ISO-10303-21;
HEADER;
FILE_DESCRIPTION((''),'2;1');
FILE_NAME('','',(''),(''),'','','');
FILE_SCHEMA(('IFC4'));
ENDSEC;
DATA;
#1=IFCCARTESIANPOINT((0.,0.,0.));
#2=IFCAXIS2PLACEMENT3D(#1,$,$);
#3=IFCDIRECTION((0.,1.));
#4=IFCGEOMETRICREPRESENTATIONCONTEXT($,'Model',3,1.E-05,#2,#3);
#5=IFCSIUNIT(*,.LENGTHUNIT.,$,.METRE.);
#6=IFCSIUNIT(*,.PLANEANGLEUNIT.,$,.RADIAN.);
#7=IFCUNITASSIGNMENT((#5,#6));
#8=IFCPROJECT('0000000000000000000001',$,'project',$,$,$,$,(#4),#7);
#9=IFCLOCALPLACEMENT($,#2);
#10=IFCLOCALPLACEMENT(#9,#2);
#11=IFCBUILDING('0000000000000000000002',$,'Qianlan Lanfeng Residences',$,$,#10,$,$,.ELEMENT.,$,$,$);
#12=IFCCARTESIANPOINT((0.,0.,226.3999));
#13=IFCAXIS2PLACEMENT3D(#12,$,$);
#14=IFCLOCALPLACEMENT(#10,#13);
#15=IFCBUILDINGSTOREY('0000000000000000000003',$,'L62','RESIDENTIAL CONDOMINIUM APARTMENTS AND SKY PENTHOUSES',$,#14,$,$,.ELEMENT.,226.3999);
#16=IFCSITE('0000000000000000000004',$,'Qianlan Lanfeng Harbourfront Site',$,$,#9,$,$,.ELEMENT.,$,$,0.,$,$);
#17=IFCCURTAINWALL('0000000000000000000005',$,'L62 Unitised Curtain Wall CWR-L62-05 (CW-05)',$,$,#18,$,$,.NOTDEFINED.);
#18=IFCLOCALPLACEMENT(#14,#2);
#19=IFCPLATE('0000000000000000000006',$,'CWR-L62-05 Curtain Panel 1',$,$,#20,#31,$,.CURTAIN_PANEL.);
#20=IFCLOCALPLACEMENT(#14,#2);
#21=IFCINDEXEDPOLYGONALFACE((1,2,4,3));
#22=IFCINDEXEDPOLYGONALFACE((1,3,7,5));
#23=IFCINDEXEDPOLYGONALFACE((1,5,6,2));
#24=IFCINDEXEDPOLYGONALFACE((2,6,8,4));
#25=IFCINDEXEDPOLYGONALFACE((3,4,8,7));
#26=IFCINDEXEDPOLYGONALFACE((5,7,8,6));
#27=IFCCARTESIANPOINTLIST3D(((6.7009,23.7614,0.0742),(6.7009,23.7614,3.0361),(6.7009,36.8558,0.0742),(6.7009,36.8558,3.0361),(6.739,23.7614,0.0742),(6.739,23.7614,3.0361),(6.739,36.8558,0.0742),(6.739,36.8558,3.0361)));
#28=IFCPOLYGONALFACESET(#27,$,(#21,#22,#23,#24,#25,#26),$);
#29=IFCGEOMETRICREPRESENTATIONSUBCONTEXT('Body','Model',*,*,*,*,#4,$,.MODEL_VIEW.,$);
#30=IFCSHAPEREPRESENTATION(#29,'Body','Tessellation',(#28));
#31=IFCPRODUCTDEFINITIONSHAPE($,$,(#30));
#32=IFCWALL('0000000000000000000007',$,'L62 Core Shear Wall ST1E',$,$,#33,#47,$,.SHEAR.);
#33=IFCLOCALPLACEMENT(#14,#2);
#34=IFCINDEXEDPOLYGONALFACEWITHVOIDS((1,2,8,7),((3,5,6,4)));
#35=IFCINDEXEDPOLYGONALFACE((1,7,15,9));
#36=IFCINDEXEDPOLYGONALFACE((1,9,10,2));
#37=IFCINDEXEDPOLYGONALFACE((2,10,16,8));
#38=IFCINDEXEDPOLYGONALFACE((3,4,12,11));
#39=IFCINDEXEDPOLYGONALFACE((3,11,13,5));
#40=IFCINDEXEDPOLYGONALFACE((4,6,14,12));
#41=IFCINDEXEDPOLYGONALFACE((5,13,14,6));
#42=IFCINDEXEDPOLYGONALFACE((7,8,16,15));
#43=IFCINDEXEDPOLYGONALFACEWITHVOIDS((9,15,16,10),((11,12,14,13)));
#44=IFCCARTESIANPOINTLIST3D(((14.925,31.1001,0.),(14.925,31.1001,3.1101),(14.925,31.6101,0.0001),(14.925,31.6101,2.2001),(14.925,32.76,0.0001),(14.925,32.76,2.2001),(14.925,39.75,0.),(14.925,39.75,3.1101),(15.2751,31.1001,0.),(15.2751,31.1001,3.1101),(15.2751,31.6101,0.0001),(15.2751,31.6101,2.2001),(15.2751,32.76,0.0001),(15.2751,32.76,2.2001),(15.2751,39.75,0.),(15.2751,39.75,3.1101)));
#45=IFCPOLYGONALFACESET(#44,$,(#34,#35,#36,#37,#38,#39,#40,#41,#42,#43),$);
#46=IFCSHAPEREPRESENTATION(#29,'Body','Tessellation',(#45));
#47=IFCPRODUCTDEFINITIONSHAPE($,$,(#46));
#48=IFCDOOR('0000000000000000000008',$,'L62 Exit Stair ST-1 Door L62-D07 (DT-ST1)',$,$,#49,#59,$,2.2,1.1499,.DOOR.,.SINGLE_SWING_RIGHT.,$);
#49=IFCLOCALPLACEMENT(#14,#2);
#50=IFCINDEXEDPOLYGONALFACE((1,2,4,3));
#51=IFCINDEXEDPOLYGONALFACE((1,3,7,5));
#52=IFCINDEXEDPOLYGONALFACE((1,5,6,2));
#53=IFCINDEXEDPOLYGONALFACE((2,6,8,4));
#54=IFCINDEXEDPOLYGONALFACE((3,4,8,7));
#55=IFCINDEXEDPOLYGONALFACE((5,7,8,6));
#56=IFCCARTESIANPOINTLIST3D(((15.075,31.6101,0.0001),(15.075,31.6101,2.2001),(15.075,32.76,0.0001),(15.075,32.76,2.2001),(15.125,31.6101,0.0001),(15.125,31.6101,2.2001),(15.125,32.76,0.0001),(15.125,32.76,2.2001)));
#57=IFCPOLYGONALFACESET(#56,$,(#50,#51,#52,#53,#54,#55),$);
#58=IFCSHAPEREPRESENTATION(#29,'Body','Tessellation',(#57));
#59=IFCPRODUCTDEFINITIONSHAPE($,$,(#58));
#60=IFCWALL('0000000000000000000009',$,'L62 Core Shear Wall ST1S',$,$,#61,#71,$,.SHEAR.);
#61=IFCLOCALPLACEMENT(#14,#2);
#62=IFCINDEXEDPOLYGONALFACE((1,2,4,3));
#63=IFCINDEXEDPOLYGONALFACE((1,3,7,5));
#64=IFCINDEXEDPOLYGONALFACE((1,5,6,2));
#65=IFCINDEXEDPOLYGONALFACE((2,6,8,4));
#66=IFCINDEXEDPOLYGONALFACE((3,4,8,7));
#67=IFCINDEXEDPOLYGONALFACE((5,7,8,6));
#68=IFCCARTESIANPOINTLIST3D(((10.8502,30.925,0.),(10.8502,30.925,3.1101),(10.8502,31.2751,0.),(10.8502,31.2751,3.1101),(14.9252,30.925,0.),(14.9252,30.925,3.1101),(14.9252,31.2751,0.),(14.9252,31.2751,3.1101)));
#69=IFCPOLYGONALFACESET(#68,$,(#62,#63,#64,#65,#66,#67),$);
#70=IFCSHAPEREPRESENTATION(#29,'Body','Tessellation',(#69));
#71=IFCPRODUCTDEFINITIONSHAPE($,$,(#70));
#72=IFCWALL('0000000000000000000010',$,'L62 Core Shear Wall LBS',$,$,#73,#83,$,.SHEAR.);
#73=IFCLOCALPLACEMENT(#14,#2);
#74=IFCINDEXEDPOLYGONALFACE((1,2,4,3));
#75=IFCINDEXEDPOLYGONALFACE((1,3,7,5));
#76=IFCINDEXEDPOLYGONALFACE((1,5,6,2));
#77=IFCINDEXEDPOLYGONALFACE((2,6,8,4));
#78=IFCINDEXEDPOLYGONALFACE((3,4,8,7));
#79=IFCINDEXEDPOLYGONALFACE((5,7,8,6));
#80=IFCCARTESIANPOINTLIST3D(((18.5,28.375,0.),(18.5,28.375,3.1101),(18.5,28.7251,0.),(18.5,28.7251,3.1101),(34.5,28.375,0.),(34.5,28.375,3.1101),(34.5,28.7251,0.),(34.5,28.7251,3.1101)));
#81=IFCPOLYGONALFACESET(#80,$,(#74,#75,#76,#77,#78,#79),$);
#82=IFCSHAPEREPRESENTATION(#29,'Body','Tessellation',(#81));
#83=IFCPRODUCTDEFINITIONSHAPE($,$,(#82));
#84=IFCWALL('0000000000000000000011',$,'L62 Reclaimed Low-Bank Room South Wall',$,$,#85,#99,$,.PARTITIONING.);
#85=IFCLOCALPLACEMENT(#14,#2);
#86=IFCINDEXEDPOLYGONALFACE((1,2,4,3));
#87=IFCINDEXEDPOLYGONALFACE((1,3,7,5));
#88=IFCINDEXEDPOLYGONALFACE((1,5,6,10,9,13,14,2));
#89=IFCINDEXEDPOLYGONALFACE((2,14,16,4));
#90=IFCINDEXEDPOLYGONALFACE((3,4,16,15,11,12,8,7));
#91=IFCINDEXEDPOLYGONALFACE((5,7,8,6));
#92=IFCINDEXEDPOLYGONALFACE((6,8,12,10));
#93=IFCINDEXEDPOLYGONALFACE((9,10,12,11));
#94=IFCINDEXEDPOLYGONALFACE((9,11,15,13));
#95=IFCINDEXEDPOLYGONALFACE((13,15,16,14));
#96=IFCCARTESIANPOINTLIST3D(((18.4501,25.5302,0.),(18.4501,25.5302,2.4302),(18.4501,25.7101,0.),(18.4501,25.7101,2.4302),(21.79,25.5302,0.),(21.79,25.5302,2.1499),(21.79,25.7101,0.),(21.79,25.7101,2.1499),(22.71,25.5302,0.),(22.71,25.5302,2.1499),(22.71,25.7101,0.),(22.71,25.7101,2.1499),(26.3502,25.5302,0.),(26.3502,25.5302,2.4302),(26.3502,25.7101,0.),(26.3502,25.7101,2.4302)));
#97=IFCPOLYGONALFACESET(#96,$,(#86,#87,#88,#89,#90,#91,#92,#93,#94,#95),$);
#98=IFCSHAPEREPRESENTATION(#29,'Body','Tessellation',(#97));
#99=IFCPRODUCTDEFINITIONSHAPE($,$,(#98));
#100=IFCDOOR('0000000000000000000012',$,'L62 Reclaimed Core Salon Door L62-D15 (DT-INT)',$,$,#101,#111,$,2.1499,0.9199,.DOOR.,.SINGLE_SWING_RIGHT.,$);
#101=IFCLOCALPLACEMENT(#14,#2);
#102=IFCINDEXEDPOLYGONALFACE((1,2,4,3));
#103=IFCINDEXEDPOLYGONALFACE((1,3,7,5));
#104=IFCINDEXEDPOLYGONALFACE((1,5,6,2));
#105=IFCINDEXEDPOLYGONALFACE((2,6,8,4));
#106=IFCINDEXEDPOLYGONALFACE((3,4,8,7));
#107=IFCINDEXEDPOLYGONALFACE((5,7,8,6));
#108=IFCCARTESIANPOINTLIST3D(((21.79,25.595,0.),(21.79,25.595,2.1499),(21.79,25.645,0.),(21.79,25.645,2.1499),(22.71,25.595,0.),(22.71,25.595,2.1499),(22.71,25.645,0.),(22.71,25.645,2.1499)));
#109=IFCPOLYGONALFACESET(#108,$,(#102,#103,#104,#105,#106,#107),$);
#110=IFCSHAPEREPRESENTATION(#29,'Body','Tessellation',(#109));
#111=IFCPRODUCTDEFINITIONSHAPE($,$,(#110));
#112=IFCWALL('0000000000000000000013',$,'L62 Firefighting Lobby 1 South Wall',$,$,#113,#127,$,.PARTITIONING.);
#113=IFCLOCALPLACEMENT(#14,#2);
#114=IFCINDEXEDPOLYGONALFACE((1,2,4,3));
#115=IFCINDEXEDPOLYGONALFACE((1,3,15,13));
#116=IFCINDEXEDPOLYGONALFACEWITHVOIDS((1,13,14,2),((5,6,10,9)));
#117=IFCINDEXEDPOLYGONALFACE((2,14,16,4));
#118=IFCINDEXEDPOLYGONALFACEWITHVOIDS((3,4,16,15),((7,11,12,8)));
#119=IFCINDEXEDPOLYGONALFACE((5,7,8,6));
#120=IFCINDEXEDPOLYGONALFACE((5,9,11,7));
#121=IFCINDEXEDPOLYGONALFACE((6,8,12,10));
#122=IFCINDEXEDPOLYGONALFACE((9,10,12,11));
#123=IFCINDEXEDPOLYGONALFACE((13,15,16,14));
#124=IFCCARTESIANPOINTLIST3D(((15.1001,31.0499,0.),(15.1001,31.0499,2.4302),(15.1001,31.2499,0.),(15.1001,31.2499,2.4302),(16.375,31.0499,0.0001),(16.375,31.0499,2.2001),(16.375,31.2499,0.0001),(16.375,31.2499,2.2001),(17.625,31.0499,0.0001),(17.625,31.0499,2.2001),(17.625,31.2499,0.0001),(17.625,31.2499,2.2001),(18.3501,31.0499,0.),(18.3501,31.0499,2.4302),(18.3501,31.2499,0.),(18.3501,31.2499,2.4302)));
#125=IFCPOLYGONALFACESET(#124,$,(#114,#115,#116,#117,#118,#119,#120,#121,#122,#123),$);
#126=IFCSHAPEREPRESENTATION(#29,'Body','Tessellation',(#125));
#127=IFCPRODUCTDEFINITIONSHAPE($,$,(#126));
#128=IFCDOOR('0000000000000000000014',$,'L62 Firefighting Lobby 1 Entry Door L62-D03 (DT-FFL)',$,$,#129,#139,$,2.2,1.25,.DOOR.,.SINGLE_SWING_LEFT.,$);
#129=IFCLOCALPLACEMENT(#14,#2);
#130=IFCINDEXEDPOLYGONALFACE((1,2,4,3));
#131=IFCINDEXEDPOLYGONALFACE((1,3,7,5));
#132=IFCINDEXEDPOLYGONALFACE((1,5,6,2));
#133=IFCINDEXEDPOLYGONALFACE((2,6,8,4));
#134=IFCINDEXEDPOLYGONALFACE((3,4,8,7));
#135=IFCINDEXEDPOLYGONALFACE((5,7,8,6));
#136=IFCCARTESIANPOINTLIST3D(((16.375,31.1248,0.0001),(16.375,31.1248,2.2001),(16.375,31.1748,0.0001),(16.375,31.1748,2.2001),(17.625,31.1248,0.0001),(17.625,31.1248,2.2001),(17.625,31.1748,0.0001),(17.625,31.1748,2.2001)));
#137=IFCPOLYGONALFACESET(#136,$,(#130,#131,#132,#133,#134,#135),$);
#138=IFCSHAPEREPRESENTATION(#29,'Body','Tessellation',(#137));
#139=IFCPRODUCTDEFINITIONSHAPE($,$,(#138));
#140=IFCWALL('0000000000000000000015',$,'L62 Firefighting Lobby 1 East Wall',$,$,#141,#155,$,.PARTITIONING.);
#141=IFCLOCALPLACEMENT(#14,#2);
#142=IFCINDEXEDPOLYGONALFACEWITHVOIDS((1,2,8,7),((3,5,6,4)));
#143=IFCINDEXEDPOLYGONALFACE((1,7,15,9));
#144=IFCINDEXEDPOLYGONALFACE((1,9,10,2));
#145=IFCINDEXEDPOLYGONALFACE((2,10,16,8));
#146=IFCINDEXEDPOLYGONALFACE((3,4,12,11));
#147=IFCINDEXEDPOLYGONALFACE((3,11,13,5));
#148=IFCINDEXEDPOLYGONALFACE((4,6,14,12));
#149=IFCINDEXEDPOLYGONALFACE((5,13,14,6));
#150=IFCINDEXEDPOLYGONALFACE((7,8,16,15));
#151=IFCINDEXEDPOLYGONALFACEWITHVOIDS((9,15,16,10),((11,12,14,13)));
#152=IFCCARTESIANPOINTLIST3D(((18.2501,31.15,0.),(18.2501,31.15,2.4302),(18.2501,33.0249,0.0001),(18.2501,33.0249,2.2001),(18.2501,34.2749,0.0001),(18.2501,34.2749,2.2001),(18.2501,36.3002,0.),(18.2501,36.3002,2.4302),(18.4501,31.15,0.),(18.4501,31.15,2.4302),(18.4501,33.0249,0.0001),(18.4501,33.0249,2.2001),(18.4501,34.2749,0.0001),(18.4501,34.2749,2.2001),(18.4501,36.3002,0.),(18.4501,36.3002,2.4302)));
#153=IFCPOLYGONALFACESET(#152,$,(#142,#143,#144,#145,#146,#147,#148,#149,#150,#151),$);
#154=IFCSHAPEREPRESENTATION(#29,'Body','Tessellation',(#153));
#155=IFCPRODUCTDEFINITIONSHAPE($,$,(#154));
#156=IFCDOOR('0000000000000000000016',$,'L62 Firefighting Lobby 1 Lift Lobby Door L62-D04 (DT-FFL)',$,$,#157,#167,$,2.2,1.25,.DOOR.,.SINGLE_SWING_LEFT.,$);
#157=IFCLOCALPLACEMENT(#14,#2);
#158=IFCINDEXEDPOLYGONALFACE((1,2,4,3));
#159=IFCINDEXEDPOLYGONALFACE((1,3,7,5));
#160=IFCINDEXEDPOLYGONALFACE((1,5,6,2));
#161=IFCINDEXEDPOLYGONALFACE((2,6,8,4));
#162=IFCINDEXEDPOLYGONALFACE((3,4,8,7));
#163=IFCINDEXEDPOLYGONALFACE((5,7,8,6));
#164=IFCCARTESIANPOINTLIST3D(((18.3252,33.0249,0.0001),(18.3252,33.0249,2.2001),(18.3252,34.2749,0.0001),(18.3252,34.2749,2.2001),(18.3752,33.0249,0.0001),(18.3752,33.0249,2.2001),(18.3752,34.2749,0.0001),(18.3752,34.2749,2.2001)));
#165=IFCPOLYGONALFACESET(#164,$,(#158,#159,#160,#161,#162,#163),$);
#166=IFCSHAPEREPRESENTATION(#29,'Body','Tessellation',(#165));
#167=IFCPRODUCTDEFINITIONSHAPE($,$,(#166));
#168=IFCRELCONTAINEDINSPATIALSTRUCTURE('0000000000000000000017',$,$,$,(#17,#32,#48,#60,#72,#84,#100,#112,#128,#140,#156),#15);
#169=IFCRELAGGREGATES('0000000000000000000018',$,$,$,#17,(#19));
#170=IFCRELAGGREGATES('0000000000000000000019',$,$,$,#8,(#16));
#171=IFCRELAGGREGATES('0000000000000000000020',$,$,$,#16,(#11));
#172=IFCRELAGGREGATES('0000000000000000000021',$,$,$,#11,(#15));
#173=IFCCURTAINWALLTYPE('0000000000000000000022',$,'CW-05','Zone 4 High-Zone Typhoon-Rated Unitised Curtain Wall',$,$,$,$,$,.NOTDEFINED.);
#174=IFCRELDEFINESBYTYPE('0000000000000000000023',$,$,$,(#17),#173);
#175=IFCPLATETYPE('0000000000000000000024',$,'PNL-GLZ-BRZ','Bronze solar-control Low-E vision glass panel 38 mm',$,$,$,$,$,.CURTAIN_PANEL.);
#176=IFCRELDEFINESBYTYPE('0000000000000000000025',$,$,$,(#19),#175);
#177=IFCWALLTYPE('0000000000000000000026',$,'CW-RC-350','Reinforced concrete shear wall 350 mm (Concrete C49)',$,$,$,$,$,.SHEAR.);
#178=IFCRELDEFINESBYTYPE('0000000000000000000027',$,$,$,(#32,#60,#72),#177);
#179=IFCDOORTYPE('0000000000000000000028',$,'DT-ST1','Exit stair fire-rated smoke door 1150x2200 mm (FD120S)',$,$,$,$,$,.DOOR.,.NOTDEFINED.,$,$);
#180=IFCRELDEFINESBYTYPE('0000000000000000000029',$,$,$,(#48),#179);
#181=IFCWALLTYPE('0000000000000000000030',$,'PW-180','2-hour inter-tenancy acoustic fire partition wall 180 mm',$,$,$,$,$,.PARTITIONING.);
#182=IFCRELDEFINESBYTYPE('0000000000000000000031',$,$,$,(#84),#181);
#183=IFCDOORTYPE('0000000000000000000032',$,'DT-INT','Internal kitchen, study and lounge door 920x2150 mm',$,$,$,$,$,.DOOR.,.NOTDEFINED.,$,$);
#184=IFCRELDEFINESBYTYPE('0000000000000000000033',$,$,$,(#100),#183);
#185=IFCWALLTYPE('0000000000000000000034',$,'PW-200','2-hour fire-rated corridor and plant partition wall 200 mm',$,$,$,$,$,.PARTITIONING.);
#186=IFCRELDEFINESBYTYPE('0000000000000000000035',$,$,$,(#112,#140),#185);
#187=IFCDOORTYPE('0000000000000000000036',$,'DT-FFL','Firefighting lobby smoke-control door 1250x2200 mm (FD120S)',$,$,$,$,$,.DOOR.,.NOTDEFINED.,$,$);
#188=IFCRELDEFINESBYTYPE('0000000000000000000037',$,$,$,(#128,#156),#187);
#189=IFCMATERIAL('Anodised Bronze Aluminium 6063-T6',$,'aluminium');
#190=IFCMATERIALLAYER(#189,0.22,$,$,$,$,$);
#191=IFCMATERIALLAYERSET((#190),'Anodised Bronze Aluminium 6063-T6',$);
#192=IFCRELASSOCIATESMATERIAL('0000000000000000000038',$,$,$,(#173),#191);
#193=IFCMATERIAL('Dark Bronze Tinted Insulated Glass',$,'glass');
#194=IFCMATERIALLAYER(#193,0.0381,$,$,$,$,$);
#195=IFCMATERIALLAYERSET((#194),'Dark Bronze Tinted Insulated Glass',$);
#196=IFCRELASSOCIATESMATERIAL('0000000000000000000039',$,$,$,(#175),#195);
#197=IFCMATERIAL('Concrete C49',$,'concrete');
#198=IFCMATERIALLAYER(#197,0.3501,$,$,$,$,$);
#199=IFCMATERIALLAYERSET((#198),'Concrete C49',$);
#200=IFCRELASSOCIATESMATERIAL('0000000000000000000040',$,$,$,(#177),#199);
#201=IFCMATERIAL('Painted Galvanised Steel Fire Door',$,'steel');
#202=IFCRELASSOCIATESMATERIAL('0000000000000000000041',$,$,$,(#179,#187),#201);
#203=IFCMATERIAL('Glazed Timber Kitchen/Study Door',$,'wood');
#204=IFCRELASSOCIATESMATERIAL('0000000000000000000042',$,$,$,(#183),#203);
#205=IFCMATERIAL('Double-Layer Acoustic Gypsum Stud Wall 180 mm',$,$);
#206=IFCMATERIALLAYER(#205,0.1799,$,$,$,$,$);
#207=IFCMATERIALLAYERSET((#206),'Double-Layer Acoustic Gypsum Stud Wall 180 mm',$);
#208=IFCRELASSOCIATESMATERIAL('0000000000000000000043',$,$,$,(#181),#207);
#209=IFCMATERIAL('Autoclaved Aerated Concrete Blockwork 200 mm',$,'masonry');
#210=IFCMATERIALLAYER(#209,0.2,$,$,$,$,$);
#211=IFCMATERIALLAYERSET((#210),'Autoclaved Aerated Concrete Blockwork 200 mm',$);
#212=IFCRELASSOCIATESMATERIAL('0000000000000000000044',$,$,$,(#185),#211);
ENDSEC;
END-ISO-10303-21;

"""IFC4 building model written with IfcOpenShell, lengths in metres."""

from ifc_helpers import new_model, si_unit, direction, frame, frame_2d, origin, origin_2d, place, context, subcontext, project, spatial, rectangle, extrude, source, transform, mapped, material, layer, layer_set, type_object, element, fill, aggregate, save


model = new_model("IFC4")

# Units and contexts
model_context = context("Model", 3, precision=1e-05, world=origin(), true_north=direction((0.0, 1.0)))
body_context = subcontext(model_context, "Body", "Model", "MODEL_VIEW")
ifc_project = project(units=[si_unit("LENGTHUNIT", "METRE"), si_unit("PLANEANGLEUNIT", "RADIAN")], contexts=[model_context])

# Site, building, storey
site_placement = place(None, origin())
site = spatial("IfcSite", under=ifc_project, at=site_placement, Name="Qianlan Lanfeng Harbourfront Site", CompositionType="ELEMENT", RefElevation=0.0)
building_placement = place(site_placement, origin())
building = spatial("IfcBuilding", under=site, at=building_placement, Name="Qianlan Lanfeng Residences", CompositionType="ELEMENT")
storey_placement = place(building_placement, frame((0.0, 0.0, 226.3999)))
storey = spatial("IfcBuildingStorey", under=building, at=storey_placement, Name="L62", Description="RESIDENTIAL CONDOMINIUM APARTMENTS AND SKY PENTHOUSES", CompositionType="ELEMENT", Elevation=226.3999)

# Curtain wall, plate
ifc_material_1 = material(Name="Anodised Bronze Aluminium 6063-T6", Category="aluminium")
ifc_layer_1 = layer(ifc_material_1, 0.22)
ifc_layer_set_1 = layer_set([ifc_layer_1], Name="Anodised Bronze Aluminium 6063-T6")
curtain_wall_type = type_object("IfcCurtainWallType", Name="CW-05", Description="Zone 4 High-Zone Typhoon-Rated Unitised Curtain Wall", PredefinedType="NOTDEFINED", material=ifc_layer_set_1)
curtain_wall_placement = place(storey_placement, origin())
curtain_wall = element("IfcCurtainWall", 1, at=curtain_wall_placement, inside=storey, type_object=curtain_wall_type, Name="L62 Unitised Curtain Wall CWR-L62-05 (CW-05)", PredefinedType="NOTDEFINED")
ifc_material_2 = material(Name="Dark Bronze Tinted Insulated Glass", Category="glass")
ifc_layer_2 = layer(ifc_material_2, 0.0381)
ifc_layer_set_2 = layer_set([ifc_layer_2], Name="Dark Bronze Tinted Insulated Glass")
plate_type = type_object("IfcPlateType", Name="PNL-GLZ-BRZ", Description="Bronze solar-control Low-E vision glass panel 38 mm", PredefinedType="CURTAIN_PANEL", material=ifc_layer_set_2)
shared_shape_1 = source(origin(), body_context, "Body", "SweptSolid", [
    extrude(rectangle(XDim=13.0945, YDim=0.0381, at=origin_2d()), origin(), (0.0, 0.0, 1.0), 2.9619),
])
plate_placement = place(storey_placement, frame((6.72, 30.3086, 0.0742), z_axis=(0.0, 0.0, 1.0), x_axis=(0.0, -1.0, 0.0)))
plate = element("IfcPlate", 2, at=plate_placement, type_object=plate_type, Name="CWR-L62-05 Curtain Panel 1", PredefinedType="CURTAIN_PANEL", context=body_context, shape_type="MappedRepresentation", body=[
    mapped(shared_shape_1, transform((0.0, 0.0, 0.0), scale=1.0)),
])
aggregate(curtain_wall, [plate])

# Wall, opening, door
ifc_material_3 = material(Name="Concrete C49", Category="concrete")
ifc_layer_3 = layer(ifc_material_3, 0.3501)
ifc_layer_set_3 = layer_set([ifc_layer_3], Name="Concrete C49")
wall_type_1 = type_object("IfcWallType", Name="CW-RC-350", Description="Reinforced concrete shear wall 350 mm (Concrete C49)", PredefinedType="SHEAR", material=ifc_layer_set_3)
wall_1_placement = place(storey_placement, frame((15.1001, 31.1001, 0.0), z_axis=(0.0, 0.0, 1.0), x_axis=(0.0, 1.0, 0.0)))
wall_1 = element("IfcWall", 3, at=wall_1_placement, inside=storey, type_object=wall_type_1, Name="L62 Core Shear Wall ST1E", PredefinedType="SHEAR", context=body_context, shape_type="SweptSolid", body=[
    extrude(rectangle(XDim=8.6499, YDim=0.3501, at=frame_2d((4.325, 0.0))), origin(), (0.0, 0.0, 1.0), 3.1101),
])
opening_1_placement = place(wall_1_placement, frame((0.51, 0.0, 0.0)))
opening_1 = element("IfcOpeningElement", 4, at=opening_1_placement, cuts=wall_1, PredefinedType="OPENING", context=body_context, shape_type="SweptSolid", body=[
    extrude(rectangle(XDim=1.1499, YDim=2.2, at=frame_2d((0.575, 1.1001))), frame((0.0, 0.1851, 0.0), z_axis=(0.0, -1.0, 0.0), x_axis=(1.0, 0.0, 0.0)), (0.0, 0.0, 1.0), 0.3701),
])
ifc_material_4 = material(Name="Painted Galvanised Steel Fire Door", Category="steel")
door_type_1 = type_object("IfcDoorType", Name="DT-ST1", Description="Exit stair fire-rated smoke door 1150x2200 mm (FD120S)", OperationType="NOTDEFINED", PredefinedType="DOOR", material=ifc_material_4)
door_1_placement = place(opening_1_placement, frame((1.1499, 0.0, 0.0), z_axis=(0.0, 0.0, 1.0), x_axis=(-1.0, 0.0, 0.0)))
door_1 = element("IfcDoor", 5, at=door_1_placement, inside=storey, type_object=door_type_1, Name="L62 Exit Stair ST-1 Door L62-D07 (DT-ST1)", OperationType="SINGLE_SWING_RIGHT", OverallHeight=2.2, OverallWidth=1.1499, PredefinedType="DOOR", context=body_context, shape_type="SweptSolid", body=[
    extrude(rectangle(XDim=1.1499, YDim=2.2, at=frame_2d((0.575, 1.1001))), frame((0.0, 0.0249, 0.0), z_axis=(0.0, -1.0, 0.0), x_axis=(1.0, 0.0, 0.0)), (0.0, 0.0, 1.0), 0.05),
])
fill(opening_1, door_1)

# Walls
wall_2_placement = place(storey_placement, frame((10.8501, 31.1001, 0.0), z_axis=(0.0, 0.0, 1.0), x_axis=(1.0, 0.0, 0.0)))
element("IfcWall", 6, at=wall_2_placement, inside=storey, type_object=wall_type_1, Name="L62 Core Shear Wall ST1S", PredefinedType="SHEAR", context=body_context, shape_type="SweptSolid", body=[
    extrude(rectangle(XDim=4.075, YDim=0.3501, at=frame_2d((2.0376, 0.0))), origin(), (0.0, 0.0, 1.0), 3.1101),
])
wall_3_placement = place(storey_placement, frame((18.5, 28.55, 0.0), z_axis=(0.0, 0.0, 1.0), x_axis=(1.0, 0.0, 0.0)))
element("IfcWall", 7, at=wall_3_placement, inside=storey, type_object=wall_type_1, Name="L62 Core Shear Wall LBS", PredefinedType="SHEAR", context=body_context, shape_type="SweptSolid", body=[
    extrude(rectangle(XDim=16.0, YDim=0.3501, at=frame_2d((8.0, 0.0))), origin(), (0.0, 0.0, 1.0), 3.1101),
])

# Walls, openings, doors
ifc_material_5 = material(Name="Glazed Timber Kitchen/Study Door", Category="wood")
door_type_2 = type_object("IfcDoorType", Name="DT-INT", Description="Internal kitchen, study and lounge door 920x2150 mm", OperationType="NOTDEFINED", PredefinedType="DOOR", material=ifc_material_5)
ifc_material_6 = material(Name="Double-Layer Acoustic Gypsum Stud Wall 180 mm")
ifc_layer_4 = layer(ifc_material_6, 0.1799)
ifc_layer_set_4 = layer_set([ifc_layer_4], Name="Double-Layer Acoustic Gypsum Stud Wall 180 mm")
wall_type_2 = type_object("IfcWallType", Name="PW-180", Description="2-hour inter-tenancy acoustic fire partition wall 180 mm", PredefinedType="PARTITIONING", material=ifc_layer_set_4)
wall_4_placement = place(storey_placement, frame((18.45, 25.6201, 0.0), z_axis=(0.0, 0.0, 1.0), x_axis=(1.0, 0.0, 0.0)))
wall_4 = element("IfcWall", 8, at=wall_4_placement, inside=storey, type_object=wall_type_2, Name="L62 Reclaimed Low-Bank Room South Wall", PredefinedType="PARTITIONING", context=body_context, shape_type="SweptSolid", body=[
    extrude(rectangle(XDim=7.9001, YDim=0.1799, at=frame_2d((3.9502, 0.0))), origin(), (0.0, 0.0, 1.0), 2.4302),
])
opening_2_placement = place(wall_4_placement, frame((3.3401, 0.0, 0.0)))
opening_2 = element("IfcOpeningElement", 9, at=opening_2_placement, cuts=wall_4, PredefinedType="OPENING", context=body_context, shape_type="SweptSolid", body=[
    extrude(rectangle(XDim=0.9199, YDim=2.1499, at=frame_2d((0.46, 1.075))), frame((0.0, 0.1001, 0.0), z_axis=(0.0, -1.0, 0.0), x_axis=(1.0, 0.0, 0.0)), (0.0, 0.0, 1.0), 0.2),
])
door_2_placement = place(opening_2_placement, origin())
door_2 = element("IfcDoor", 10, at=door_2_placement, inside=storey, type_object=door_type_2, Name="L62 Reclaimed Core Salon Door L62-D15 (DT-INT)", OperationType="SINGLE_SWING_RIGHT", OverallHeight=2.1499, OverallWidth=0.9199, PredefinedType="DOOR", context=body_context, shape_type="SweptSolid", body=[
    extrude(rectangle(XDim=0.9199, YDim=2.1499, at=frame_2d((0.46, 1.075))), frame((0.0, 0.0249, 0.0), z_axis=(0.0, -1.0, 0.0), x_axis=(1.0, 0.0, 0.0)), (0.0, 0.0, 1.0), 0.05),
])
fill(opening_2, door_2)
ifc_material_7 = material(Name="Autoclaved Aerated Concrete Blockwork 200 mm", Category="masonry")
ifc_layer_5 = layer(ifc_material_7, 0.2)
ifc_layer_set_5 = layer_set([ifc_layer_5], Name="Autoclaved Aerated Concrete Blockwork 200 mm")
wall_type_3 = type_object("IfcWallType", Name="PW-200", Description="2-hour fire-rated corridor and plant partition wall 200 mm", PredefinedType="PARTITIONING", material=ifc_layer_set_5)
wall_5_placement = place(storey_placement, frame((15.1001, 31.1499, 0.0), z_axis=(0.0, 0.0, 1.0), x_axis=(1.0, 0.0, 0.0)))
wall_5 = element("IfcWall", 11, at=wall_5_placement, inside=storey, type_object=wall_type_3, Name="L62 Firefighting Lobby 1 South Wall", PredefinedType="PARTITIONING", context=body_context, shape_type="SweptSolid", body=[
    extrude(rectangle(XDim=3.25, YDim=0.2, at=frame_2d((1.625, 0.0))), origin(), (0.0, 0.0, 1.0), 2.4302),
])
opening_3_placement = place(wall_5_placement, frame((1.2749, 0.0, 0.0)))
opening_3 = element("IfcOpeningElement", 12, at=opening_3_placement, cuts=wall_5, PredefinedType="OPENING", context=body_context, shape_type="SweptSolid", body=[
    extrude(rectangle(XDim=1.25, YDim=2.2, at=frame_2d((0.625, 1.1001))), frame((0.0, 0.1099, 0.0), z_axis=(0.0, -1.0, 0.0), x_axis=(1.0, 0.0, 0.0)), (0.0, 0.0, 1.0), 0.22),
])
door_type_3 = type_object("IfcDoorType", Name="DT-FFL", Description="Firefighting lobby smoke-control door 1250x2200 mm (FD120S)", OperationType="NOTDEFINED", PredefinedType="DOOR", material=ifc_material_4)
door_3_placement = place(opening_3_placement, origin())
door_3 = element("IfcDoor", 13, at=door_3_placement, inside=storey, type_object=door_type_3, Name="L62 Firefighting Lobby 1 Entry Door L62-D03 (DT-FFL)", OperationType="SINGLE_SWING_LEFT", OverallHeight=2.2, OverallWidth=1.25, PredefinedType="DOOR", context=body_context, shape_type="SweptSolid", body=[
    extrude(rectangle(XDim=1.25, YDim=2.2, at=frame_2d((0.625, 1.1001))), frame((0.0, 0.0249, 0.0), z_axis=(0.0, -1.0, 0.0), x_axis=(1.0, 0.0, 0.0)), (0.0, 0.0, 1.0), 0.05),
])
fill(opening_3, door_3)
wall_6_placement = place(storey_placement, frame((18.3501, 31.1499, 0.0), z_axis=(0.0, 0.0, 1.0), x_axis=(0.0, 1.0, 0.0)))
wall_6 = element("IfcWall", 14, at=wall_6_placement, inside=storey, type_object=wall_type_3, Name="L62 Firefighting Lobby 1 East Wall", PredefinedType="PARTITIONING", context=body_context, shape_type="SweptSolid", body=[
    extrude(rectangle(XDim=5.1501, YDim=0.2, at=frame_2d((2.5752, 0.0))), origin(), (0.0, 0.0, 1.0), 2.4302),
])
opening_4_placement = place(wall_6_placement, frame((1.875, 0.0, 0.0)))
opening_4 = element("IfcOpeningElement", 15, at=opening_4_placement, cuts=wall_6, PredefinedType="OPENING", context=body_context, shape_type="SweptSolid", body=[
    extrude(rectangle(XDim=1.25, YDim=2.2, at=frame_2d((0.625, 1.1001))), frame((0.0, 0.1099, 0.0), z_axis=(0.0, -1.0, 0.0), x_axis=(1.0, 0.0, 0.0)), (0.0, 0.0, 1.0), 0.22),
])
door_4_placement = place(opening_4_placement, origin())
door_4 = element("IfcDoor", 16, at=door_4_placement, inside=storey, type_object=door_type_3, Name="L62 Firefighting Lobby 1 Lift Lobby Door L62-D04 (DT-FFL)", OperationType="SINGLE_SWING_LEFT", OverallHeight=2.2, OverallWidth=1.25, PredefinedType="DOOR", context=body_context, shape_type="SweptSolid", body=[
    extrude(rectangle(XDim=1.25, YDim=2.2, at=frame_2d((0.625, 1.1001))), frame((0.0, 0.0249, 0.0), z_axis=(0.0, -1.0, 0.0), x_axis=(1.0, 0.0, 0.0)), (0.0, 0.0, 1.0), 0.05),
])
fill(opening_4, door_4)

save(model, "model.ifc")
